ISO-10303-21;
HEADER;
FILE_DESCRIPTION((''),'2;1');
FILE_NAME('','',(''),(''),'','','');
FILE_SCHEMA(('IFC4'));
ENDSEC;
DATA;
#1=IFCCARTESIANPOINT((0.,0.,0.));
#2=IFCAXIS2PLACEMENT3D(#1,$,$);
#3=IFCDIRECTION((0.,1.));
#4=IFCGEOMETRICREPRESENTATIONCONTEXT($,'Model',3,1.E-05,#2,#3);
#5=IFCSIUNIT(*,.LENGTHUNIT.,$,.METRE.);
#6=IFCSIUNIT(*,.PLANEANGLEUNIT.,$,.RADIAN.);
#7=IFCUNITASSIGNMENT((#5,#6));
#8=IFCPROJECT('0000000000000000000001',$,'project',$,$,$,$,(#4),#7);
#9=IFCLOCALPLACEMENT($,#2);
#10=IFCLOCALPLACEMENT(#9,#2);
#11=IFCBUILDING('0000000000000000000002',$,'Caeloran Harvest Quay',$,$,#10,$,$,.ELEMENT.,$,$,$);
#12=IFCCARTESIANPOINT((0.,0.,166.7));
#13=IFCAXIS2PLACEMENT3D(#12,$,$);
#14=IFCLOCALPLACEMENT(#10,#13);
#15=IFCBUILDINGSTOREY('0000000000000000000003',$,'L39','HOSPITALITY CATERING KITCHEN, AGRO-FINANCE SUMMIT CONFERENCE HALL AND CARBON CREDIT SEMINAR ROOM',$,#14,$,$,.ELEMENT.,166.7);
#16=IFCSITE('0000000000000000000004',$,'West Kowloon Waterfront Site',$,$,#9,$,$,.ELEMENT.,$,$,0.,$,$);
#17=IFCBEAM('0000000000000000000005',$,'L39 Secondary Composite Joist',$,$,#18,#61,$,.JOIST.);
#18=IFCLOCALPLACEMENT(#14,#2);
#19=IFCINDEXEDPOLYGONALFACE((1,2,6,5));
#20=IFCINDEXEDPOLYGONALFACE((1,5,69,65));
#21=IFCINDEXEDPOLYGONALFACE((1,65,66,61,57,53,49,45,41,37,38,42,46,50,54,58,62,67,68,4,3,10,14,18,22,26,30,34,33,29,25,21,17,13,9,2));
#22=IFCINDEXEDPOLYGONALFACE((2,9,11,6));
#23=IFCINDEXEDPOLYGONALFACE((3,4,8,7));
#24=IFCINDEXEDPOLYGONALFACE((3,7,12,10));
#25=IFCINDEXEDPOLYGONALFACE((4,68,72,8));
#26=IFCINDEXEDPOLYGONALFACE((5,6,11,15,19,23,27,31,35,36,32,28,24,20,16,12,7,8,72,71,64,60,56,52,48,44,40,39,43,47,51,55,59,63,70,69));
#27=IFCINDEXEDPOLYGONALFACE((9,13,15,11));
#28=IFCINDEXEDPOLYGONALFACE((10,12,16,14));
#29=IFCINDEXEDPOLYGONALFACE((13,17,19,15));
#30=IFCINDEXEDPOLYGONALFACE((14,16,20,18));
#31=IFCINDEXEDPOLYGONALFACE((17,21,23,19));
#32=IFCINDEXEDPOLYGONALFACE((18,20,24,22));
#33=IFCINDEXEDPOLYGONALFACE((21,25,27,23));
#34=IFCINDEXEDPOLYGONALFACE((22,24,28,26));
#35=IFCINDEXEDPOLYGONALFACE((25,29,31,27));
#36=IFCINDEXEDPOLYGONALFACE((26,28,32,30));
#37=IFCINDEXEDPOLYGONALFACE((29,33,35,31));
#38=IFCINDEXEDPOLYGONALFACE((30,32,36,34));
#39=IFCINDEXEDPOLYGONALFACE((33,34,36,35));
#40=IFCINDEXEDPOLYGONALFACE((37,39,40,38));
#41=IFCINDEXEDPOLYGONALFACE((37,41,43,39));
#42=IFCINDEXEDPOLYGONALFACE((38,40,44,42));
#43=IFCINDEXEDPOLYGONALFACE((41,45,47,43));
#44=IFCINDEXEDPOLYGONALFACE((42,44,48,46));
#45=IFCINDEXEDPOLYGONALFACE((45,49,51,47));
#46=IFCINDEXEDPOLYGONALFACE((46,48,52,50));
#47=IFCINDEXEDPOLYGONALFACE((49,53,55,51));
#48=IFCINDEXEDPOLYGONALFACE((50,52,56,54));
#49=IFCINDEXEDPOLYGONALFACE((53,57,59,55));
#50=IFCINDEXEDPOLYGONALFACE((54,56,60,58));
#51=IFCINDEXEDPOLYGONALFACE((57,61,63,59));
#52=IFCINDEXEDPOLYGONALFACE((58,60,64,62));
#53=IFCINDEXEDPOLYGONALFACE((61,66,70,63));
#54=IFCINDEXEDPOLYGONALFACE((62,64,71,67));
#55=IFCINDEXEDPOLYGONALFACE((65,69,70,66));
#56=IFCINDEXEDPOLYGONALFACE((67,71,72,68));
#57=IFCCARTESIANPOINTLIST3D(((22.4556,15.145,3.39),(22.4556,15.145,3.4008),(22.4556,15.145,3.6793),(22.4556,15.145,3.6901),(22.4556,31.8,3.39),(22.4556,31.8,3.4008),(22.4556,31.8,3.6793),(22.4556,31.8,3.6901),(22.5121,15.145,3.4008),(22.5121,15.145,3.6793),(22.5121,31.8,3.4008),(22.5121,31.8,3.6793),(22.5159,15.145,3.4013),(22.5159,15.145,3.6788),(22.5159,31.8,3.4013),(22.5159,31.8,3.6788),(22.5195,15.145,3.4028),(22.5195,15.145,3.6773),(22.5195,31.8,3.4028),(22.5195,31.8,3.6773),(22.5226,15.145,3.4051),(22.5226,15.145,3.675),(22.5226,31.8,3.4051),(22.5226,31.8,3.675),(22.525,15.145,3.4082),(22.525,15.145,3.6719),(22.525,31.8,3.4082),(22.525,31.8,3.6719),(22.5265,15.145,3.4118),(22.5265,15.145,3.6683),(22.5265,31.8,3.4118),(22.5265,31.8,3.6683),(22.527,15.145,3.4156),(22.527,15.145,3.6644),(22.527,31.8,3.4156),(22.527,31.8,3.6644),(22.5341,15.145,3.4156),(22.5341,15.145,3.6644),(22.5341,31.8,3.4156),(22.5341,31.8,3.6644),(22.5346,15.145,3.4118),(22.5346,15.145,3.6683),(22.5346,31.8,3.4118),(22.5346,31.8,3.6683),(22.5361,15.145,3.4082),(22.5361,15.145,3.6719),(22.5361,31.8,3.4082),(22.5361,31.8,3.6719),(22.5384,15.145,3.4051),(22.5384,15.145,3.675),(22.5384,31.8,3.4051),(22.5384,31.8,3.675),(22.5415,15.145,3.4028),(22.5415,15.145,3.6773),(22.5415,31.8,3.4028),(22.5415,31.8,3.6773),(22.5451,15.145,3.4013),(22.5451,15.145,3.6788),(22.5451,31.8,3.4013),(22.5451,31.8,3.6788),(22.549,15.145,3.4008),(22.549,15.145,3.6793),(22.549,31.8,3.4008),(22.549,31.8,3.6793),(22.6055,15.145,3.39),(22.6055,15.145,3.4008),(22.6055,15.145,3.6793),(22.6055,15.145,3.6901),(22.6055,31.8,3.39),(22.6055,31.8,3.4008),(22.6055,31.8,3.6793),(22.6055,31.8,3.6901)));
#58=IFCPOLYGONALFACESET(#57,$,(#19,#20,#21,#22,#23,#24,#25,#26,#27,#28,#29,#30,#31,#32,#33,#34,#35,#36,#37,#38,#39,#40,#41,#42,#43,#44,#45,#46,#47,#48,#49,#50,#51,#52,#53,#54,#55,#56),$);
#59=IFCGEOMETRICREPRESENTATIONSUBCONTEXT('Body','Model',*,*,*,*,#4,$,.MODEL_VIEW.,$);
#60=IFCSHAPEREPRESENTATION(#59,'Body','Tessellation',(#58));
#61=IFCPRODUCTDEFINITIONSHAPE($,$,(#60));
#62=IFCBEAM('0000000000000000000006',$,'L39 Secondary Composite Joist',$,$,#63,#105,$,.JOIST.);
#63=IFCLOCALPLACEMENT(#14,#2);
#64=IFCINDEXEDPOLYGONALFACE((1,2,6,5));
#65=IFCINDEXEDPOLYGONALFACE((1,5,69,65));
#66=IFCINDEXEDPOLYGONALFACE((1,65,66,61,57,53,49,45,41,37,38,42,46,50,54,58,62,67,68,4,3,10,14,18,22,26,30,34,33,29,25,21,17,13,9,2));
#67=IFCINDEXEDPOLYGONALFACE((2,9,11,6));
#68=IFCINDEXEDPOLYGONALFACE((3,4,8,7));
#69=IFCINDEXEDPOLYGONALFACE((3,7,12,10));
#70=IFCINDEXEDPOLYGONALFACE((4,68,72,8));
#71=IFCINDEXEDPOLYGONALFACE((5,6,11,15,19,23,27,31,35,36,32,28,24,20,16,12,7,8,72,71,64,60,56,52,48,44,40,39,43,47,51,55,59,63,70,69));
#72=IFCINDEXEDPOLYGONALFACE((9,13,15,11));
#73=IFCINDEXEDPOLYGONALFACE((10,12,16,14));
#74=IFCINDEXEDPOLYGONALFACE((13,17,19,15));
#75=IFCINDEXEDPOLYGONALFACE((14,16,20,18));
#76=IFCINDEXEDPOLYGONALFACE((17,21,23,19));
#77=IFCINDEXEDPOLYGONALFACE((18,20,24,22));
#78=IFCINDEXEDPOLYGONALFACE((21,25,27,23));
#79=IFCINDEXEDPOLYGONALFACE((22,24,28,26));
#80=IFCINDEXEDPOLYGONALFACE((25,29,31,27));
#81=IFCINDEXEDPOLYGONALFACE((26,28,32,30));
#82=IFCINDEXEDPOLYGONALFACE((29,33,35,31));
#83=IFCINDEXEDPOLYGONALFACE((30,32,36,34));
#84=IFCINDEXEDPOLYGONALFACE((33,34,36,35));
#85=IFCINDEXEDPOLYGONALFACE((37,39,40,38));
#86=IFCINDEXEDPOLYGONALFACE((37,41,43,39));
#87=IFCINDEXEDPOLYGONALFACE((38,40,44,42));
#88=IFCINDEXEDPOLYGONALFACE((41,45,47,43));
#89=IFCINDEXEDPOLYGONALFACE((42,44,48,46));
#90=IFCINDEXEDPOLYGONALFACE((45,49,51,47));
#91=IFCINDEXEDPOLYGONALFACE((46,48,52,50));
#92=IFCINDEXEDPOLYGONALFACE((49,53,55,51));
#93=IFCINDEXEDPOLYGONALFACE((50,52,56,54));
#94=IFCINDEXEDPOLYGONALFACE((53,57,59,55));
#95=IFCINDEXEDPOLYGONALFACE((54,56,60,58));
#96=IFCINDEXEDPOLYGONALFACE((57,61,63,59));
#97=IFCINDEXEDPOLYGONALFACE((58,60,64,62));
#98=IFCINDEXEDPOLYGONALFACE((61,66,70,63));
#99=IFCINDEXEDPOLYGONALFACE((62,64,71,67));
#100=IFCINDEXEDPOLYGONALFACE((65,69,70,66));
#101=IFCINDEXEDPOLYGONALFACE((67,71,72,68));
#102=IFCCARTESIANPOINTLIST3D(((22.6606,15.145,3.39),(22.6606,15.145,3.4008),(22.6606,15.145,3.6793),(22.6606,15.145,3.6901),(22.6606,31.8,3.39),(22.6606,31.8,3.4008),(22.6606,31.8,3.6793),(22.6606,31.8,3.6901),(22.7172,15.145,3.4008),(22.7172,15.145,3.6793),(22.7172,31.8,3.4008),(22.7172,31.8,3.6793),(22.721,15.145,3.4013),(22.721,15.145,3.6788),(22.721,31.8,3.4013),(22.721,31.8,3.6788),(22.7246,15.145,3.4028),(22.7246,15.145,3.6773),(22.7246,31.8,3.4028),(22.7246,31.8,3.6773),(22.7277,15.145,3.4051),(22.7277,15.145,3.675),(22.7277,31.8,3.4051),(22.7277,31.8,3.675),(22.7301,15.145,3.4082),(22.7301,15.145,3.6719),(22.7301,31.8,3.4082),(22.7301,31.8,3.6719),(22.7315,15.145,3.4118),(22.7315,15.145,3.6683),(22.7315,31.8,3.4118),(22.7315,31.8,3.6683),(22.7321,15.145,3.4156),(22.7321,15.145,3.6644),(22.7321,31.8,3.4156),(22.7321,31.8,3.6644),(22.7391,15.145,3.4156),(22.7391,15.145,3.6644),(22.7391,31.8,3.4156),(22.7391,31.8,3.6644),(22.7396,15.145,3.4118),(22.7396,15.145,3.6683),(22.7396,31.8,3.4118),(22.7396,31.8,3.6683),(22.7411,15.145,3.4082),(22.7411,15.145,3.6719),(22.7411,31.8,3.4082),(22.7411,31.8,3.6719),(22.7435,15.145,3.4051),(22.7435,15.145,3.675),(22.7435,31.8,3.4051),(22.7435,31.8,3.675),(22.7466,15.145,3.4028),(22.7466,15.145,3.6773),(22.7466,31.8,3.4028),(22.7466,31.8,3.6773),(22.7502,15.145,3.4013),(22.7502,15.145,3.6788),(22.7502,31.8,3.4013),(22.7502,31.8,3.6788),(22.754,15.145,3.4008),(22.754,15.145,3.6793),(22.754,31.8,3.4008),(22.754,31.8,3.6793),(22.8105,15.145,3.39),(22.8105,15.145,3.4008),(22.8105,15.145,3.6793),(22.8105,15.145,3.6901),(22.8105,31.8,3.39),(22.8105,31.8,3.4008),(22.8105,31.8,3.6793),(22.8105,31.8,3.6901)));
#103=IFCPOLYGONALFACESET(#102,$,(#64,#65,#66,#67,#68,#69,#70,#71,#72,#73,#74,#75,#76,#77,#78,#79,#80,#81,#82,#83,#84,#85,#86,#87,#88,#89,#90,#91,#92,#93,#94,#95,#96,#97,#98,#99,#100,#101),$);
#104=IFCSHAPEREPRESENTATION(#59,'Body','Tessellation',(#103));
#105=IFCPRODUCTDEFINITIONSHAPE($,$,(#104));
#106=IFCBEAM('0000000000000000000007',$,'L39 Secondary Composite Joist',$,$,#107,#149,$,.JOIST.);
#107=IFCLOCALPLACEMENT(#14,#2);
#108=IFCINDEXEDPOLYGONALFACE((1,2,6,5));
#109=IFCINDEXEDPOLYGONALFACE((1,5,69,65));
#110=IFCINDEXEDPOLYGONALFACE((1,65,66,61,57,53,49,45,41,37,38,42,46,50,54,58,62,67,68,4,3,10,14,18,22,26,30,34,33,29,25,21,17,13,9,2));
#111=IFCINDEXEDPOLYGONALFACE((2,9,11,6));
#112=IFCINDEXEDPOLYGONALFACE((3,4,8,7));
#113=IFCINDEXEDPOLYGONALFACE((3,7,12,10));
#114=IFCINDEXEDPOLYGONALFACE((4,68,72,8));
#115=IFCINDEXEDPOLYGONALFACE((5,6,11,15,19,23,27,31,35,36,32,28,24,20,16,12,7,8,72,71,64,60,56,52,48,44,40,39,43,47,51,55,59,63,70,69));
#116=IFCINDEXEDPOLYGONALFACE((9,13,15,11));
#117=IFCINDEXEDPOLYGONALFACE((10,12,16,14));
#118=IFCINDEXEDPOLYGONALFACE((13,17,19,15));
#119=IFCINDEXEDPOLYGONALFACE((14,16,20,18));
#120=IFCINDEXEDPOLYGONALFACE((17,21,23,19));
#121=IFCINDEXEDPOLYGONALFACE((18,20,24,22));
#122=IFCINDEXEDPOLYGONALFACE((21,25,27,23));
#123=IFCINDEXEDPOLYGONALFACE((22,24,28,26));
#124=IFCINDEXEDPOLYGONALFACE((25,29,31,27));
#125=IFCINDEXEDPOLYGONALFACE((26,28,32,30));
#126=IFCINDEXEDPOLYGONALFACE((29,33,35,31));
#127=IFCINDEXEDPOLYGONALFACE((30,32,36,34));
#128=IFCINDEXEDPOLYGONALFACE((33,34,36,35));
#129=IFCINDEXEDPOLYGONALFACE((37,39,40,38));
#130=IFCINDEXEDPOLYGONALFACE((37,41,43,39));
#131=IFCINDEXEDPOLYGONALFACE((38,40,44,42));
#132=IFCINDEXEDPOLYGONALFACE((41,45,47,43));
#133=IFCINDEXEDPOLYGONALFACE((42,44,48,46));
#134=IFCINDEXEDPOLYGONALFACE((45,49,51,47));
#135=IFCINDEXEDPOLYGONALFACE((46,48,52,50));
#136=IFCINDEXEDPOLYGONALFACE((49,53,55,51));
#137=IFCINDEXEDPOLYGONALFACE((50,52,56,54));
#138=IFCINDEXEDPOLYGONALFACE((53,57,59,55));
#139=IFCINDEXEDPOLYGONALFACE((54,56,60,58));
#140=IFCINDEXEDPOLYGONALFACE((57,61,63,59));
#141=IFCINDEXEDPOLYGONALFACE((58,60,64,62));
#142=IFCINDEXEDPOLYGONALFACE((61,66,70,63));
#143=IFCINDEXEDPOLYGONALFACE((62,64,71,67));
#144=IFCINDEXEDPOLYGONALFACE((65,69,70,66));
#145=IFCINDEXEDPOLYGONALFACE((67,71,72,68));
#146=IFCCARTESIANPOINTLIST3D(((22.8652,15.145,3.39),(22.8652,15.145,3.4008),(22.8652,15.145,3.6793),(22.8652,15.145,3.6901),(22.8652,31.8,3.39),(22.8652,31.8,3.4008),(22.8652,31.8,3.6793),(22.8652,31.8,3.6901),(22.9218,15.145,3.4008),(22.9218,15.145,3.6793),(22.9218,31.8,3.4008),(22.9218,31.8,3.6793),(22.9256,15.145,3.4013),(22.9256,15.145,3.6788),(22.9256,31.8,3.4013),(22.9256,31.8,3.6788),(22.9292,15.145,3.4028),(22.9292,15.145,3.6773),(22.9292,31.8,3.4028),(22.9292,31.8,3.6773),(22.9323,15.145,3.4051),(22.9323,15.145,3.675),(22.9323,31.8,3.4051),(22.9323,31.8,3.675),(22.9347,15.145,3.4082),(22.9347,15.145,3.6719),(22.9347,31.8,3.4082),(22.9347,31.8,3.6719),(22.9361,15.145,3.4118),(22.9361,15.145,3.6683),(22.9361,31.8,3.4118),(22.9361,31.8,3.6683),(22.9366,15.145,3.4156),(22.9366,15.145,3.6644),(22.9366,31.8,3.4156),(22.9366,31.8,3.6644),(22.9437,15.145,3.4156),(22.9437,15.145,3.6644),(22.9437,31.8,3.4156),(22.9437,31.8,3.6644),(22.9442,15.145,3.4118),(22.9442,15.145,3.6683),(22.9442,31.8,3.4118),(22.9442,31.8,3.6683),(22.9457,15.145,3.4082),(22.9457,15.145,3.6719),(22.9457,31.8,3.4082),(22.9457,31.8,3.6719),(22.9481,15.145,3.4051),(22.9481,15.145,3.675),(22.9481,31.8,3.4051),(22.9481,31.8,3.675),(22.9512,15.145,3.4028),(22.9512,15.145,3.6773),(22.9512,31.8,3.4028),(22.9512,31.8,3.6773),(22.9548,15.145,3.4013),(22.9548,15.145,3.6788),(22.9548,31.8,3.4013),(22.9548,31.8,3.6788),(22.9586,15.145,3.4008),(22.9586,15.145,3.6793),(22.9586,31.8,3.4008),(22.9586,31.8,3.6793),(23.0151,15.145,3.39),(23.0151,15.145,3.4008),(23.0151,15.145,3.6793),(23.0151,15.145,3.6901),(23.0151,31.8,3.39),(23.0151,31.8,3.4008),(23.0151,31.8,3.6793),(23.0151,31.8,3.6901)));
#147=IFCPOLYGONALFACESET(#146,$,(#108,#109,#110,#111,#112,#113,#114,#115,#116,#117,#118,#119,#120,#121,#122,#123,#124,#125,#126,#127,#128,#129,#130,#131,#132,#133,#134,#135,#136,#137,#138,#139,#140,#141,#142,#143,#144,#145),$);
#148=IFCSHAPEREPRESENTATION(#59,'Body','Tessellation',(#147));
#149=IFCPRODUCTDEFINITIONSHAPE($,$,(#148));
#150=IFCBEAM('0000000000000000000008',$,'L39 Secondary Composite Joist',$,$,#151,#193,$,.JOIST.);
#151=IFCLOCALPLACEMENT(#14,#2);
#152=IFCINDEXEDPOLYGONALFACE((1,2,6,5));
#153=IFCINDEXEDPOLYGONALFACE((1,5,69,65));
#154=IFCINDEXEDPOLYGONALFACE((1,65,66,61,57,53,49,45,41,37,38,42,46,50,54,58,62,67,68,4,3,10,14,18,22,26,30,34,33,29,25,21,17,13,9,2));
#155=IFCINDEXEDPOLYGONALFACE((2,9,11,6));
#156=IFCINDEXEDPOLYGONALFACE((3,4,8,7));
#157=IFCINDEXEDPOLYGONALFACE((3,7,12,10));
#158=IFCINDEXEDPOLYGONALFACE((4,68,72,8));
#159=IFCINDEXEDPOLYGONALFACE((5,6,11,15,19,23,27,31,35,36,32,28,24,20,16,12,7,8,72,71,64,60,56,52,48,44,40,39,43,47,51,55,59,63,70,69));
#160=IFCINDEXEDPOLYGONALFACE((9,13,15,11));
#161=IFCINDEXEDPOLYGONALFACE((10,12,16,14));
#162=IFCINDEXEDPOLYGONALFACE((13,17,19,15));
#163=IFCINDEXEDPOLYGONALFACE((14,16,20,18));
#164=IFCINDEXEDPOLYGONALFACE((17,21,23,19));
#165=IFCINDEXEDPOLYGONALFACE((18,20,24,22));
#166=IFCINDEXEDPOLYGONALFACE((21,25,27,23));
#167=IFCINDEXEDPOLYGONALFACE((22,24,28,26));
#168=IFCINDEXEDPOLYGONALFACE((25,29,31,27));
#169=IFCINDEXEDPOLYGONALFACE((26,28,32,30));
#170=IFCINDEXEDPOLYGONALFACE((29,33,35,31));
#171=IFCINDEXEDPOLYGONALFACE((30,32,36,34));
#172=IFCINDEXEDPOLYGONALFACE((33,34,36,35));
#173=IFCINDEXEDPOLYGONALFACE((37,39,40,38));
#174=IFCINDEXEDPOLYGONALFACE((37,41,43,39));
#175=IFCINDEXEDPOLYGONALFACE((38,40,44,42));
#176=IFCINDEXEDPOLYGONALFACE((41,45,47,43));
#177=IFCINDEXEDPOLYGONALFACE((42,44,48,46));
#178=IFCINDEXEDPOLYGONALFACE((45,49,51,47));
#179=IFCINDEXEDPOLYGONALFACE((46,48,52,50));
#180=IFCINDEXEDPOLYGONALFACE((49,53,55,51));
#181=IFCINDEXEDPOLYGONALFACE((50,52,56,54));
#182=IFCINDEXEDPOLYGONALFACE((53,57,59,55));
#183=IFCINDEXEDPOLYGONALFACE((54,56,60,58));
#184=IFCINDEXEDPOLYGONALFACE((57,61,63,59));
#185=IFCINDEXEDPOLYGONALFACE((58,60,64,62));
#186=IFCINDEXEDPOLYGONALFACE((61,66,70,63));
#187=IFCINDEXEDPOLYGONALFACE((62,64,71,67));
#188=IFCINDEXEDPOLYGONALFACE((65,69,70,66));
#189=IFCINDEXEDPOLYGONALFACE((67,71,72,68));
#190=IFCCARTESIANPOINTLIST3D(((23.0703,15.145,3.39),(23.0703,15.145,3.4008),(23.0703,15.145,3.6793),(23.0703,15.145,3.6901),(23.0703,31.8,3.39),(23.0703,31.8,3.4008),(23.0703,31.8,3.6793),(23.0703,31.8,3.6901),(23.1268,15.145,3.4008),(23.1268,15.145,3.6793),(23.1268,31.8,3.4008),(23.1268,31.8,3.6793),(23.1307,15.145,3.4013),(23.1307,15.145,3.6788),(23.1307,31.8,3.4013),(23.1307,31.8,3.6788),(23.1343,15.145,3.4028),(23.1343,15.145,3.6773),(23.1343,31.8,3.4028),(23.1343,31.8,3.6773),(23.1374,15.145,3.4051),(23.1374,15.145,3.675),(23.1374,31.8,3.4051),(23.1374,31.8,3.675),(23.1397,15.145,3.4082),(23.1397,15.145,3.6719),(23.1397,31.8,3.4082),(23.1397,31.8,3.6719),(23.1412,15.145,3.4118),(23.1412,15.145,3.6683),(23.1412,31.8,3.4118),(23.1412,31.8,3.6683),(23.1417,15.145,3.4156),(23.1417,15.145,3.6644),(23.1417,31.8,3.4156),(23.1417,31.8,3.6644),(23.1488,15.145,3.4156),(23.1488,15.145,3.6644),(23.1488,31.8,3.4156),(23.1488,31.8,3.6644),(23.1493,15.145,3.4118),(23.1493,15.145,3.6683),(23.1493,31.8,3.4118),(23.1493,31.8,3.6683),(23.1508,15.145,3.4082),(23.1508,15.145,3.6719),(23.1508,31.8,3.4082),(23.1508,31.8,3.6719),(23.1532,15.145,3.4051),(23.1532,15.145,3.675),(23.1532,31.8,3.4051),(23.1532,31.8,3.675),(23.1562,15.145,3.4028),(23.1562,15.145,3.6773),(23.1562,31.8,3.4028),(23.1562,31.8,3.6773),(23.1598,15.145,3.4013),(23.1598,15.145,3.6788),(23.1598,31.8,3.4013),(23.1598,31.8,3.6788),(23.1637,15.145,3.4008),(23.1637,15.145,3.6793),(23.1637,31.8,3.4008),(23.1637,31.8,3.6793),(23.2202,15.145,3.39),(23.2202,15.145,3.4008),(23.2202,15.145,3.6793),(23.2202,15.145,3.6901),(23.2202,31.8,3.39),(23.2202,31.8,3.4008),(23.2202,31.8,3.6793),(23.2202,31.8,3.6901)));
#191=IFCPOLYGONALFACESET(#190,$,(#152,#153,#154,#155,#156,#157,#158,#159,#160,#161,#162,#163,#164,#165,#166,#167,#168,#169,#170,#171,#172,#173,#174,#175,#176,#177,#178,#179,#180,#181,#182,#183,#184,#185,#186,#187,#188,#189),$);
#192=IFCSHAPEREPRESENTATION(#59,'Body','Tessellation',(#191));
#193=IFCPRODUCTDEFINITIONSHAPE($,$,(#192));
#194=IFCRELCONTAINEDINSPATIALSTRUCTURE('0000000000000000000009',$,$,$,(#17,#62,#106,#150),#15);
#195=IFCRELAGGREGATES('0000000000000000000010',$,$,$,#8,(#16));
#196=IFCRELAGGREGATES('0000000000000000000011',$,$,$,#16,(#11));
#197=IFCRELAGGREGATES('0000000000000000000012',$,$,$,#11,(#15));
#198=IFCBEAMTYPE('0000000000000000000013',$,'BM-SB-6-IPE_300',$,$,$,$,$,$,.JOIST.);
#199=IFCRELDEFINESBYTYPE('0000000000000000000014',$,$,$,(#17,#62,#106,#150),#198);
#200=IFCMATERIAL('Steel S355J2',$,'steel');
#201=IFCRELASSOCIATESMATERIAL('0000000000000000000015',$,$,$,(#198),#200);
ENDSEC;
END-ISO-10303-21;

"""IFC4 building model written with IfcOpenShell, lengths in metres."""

from ifc_helpers import new_model, si_unit, direction, frame, origin, origin_2d, place, context, subcontext, project, spatial, i_section, extrude, material, material_profile, profile_set, type_object, element, save


model = new_model("IFC4")

# Units and contexts
model_context = context("Model", 3, precision=1e-05, world=origin(), true_north=direction((0.0, 1.0)))
body_context = subcontext(model_context, "Body", "Model", "MODEL_VIEW")
ifc_project = project(units=[si_unit("LENGTHUNIT", "METRE"), si_unit("PLANEANGLEUNIT", "RADIAN")], contexts=[model_context])

# Site, building, storey
site_placement = place(None, origin())
site = spatial("IfcSite", under=ifc_project, at=site_placement, Name="West Kowloon Waterfront Site", CompositionType="ELEMENT", RefElevation=0.0)
building_placement = place(site_placement, origin())
building = spatial("IfcBuilding", under=site, at=building_placement, Name="Caeloran Harvest Quay", CompositionType="ELEMENT")
storey_placement = place(building_placement, frame((0.0, 0.0, 166.7)))
storey = spatial("IfcBuildingStorey", under=building, at=storey_placement, Name="L39", Description="HOSPITALITY CATERING KITCHEN, AGRO-FINANCE SUMMIT CONFERENCE HALL AND CARBON CREDIT SEMINAR ROOM", CompositionType="ELEMENT", Elevation=166.7)

# Beams
ifc_material_1 = material(Name="Steel S355J2", Category="steel")
ifc_material_profile_1 = material_profile(ifc_material_1, i_section(OverallWidth=0.1499, OverallDepth=0.3, WebThickness=0.0071, FlangeThickness=0.0107, FilletRadius=0.0149, at=origin_2d()), Name="IPE 300")
ifc_profile_set_1 = profile_set([ifc_material_profile_1], Name="Steel S355J2")
beam_type_1 = type_object("IfcBeamType", Name="BM-SB-6-IPE_300", PredefinedType="JOIST", material=ifc_profile_set_1)
for number, where, z_axis, x_axis, name in (
    (1, (22.5305, 15.145, 3.54), (0.0, 1.0, 0.0), (-1.0, 0.0, 0.0), "L39 Secondary Composite Joist"),
    (2, (22.7356, 15.145, 3.54), (0.0, 1.0, 0.0), (-1.0, 0.0, 0.0), "L39 Secondary Composite Joist"),
    (3, (22.9402, 15.145, 3.54), (0.0, 1.0, 0.0), (-1.0, 0.0, 0.0), "L39 Secondary Composite Joist"),
    (4, (23.1453, 15.145, 3.54), (0.0, 1.0, 0.0), (-1.0, 0.0, 0.0), "L39 Secondary Composite Joist"),
):
    element("IfcBeam", number, at=place(storey_placement, frame(where, z_axis=z_axis, x_axis=x_axis)), inside=storey, type_object=beam_type_1, Name=name, PredefinedType="JOIST", context=body_context, shape_type="SweptSolid", body=[
        extrude(i_section(OverallWidth=0.1499, OverallDepth=0.3, WebThickness=0.0071, FlangeThickness=0.0107, FilletRadius=0.0149, at=origin_2d()), origin(), (0.0, 0.0, 1.0), 16.655),
    ])

save(model, "model.ifc")
